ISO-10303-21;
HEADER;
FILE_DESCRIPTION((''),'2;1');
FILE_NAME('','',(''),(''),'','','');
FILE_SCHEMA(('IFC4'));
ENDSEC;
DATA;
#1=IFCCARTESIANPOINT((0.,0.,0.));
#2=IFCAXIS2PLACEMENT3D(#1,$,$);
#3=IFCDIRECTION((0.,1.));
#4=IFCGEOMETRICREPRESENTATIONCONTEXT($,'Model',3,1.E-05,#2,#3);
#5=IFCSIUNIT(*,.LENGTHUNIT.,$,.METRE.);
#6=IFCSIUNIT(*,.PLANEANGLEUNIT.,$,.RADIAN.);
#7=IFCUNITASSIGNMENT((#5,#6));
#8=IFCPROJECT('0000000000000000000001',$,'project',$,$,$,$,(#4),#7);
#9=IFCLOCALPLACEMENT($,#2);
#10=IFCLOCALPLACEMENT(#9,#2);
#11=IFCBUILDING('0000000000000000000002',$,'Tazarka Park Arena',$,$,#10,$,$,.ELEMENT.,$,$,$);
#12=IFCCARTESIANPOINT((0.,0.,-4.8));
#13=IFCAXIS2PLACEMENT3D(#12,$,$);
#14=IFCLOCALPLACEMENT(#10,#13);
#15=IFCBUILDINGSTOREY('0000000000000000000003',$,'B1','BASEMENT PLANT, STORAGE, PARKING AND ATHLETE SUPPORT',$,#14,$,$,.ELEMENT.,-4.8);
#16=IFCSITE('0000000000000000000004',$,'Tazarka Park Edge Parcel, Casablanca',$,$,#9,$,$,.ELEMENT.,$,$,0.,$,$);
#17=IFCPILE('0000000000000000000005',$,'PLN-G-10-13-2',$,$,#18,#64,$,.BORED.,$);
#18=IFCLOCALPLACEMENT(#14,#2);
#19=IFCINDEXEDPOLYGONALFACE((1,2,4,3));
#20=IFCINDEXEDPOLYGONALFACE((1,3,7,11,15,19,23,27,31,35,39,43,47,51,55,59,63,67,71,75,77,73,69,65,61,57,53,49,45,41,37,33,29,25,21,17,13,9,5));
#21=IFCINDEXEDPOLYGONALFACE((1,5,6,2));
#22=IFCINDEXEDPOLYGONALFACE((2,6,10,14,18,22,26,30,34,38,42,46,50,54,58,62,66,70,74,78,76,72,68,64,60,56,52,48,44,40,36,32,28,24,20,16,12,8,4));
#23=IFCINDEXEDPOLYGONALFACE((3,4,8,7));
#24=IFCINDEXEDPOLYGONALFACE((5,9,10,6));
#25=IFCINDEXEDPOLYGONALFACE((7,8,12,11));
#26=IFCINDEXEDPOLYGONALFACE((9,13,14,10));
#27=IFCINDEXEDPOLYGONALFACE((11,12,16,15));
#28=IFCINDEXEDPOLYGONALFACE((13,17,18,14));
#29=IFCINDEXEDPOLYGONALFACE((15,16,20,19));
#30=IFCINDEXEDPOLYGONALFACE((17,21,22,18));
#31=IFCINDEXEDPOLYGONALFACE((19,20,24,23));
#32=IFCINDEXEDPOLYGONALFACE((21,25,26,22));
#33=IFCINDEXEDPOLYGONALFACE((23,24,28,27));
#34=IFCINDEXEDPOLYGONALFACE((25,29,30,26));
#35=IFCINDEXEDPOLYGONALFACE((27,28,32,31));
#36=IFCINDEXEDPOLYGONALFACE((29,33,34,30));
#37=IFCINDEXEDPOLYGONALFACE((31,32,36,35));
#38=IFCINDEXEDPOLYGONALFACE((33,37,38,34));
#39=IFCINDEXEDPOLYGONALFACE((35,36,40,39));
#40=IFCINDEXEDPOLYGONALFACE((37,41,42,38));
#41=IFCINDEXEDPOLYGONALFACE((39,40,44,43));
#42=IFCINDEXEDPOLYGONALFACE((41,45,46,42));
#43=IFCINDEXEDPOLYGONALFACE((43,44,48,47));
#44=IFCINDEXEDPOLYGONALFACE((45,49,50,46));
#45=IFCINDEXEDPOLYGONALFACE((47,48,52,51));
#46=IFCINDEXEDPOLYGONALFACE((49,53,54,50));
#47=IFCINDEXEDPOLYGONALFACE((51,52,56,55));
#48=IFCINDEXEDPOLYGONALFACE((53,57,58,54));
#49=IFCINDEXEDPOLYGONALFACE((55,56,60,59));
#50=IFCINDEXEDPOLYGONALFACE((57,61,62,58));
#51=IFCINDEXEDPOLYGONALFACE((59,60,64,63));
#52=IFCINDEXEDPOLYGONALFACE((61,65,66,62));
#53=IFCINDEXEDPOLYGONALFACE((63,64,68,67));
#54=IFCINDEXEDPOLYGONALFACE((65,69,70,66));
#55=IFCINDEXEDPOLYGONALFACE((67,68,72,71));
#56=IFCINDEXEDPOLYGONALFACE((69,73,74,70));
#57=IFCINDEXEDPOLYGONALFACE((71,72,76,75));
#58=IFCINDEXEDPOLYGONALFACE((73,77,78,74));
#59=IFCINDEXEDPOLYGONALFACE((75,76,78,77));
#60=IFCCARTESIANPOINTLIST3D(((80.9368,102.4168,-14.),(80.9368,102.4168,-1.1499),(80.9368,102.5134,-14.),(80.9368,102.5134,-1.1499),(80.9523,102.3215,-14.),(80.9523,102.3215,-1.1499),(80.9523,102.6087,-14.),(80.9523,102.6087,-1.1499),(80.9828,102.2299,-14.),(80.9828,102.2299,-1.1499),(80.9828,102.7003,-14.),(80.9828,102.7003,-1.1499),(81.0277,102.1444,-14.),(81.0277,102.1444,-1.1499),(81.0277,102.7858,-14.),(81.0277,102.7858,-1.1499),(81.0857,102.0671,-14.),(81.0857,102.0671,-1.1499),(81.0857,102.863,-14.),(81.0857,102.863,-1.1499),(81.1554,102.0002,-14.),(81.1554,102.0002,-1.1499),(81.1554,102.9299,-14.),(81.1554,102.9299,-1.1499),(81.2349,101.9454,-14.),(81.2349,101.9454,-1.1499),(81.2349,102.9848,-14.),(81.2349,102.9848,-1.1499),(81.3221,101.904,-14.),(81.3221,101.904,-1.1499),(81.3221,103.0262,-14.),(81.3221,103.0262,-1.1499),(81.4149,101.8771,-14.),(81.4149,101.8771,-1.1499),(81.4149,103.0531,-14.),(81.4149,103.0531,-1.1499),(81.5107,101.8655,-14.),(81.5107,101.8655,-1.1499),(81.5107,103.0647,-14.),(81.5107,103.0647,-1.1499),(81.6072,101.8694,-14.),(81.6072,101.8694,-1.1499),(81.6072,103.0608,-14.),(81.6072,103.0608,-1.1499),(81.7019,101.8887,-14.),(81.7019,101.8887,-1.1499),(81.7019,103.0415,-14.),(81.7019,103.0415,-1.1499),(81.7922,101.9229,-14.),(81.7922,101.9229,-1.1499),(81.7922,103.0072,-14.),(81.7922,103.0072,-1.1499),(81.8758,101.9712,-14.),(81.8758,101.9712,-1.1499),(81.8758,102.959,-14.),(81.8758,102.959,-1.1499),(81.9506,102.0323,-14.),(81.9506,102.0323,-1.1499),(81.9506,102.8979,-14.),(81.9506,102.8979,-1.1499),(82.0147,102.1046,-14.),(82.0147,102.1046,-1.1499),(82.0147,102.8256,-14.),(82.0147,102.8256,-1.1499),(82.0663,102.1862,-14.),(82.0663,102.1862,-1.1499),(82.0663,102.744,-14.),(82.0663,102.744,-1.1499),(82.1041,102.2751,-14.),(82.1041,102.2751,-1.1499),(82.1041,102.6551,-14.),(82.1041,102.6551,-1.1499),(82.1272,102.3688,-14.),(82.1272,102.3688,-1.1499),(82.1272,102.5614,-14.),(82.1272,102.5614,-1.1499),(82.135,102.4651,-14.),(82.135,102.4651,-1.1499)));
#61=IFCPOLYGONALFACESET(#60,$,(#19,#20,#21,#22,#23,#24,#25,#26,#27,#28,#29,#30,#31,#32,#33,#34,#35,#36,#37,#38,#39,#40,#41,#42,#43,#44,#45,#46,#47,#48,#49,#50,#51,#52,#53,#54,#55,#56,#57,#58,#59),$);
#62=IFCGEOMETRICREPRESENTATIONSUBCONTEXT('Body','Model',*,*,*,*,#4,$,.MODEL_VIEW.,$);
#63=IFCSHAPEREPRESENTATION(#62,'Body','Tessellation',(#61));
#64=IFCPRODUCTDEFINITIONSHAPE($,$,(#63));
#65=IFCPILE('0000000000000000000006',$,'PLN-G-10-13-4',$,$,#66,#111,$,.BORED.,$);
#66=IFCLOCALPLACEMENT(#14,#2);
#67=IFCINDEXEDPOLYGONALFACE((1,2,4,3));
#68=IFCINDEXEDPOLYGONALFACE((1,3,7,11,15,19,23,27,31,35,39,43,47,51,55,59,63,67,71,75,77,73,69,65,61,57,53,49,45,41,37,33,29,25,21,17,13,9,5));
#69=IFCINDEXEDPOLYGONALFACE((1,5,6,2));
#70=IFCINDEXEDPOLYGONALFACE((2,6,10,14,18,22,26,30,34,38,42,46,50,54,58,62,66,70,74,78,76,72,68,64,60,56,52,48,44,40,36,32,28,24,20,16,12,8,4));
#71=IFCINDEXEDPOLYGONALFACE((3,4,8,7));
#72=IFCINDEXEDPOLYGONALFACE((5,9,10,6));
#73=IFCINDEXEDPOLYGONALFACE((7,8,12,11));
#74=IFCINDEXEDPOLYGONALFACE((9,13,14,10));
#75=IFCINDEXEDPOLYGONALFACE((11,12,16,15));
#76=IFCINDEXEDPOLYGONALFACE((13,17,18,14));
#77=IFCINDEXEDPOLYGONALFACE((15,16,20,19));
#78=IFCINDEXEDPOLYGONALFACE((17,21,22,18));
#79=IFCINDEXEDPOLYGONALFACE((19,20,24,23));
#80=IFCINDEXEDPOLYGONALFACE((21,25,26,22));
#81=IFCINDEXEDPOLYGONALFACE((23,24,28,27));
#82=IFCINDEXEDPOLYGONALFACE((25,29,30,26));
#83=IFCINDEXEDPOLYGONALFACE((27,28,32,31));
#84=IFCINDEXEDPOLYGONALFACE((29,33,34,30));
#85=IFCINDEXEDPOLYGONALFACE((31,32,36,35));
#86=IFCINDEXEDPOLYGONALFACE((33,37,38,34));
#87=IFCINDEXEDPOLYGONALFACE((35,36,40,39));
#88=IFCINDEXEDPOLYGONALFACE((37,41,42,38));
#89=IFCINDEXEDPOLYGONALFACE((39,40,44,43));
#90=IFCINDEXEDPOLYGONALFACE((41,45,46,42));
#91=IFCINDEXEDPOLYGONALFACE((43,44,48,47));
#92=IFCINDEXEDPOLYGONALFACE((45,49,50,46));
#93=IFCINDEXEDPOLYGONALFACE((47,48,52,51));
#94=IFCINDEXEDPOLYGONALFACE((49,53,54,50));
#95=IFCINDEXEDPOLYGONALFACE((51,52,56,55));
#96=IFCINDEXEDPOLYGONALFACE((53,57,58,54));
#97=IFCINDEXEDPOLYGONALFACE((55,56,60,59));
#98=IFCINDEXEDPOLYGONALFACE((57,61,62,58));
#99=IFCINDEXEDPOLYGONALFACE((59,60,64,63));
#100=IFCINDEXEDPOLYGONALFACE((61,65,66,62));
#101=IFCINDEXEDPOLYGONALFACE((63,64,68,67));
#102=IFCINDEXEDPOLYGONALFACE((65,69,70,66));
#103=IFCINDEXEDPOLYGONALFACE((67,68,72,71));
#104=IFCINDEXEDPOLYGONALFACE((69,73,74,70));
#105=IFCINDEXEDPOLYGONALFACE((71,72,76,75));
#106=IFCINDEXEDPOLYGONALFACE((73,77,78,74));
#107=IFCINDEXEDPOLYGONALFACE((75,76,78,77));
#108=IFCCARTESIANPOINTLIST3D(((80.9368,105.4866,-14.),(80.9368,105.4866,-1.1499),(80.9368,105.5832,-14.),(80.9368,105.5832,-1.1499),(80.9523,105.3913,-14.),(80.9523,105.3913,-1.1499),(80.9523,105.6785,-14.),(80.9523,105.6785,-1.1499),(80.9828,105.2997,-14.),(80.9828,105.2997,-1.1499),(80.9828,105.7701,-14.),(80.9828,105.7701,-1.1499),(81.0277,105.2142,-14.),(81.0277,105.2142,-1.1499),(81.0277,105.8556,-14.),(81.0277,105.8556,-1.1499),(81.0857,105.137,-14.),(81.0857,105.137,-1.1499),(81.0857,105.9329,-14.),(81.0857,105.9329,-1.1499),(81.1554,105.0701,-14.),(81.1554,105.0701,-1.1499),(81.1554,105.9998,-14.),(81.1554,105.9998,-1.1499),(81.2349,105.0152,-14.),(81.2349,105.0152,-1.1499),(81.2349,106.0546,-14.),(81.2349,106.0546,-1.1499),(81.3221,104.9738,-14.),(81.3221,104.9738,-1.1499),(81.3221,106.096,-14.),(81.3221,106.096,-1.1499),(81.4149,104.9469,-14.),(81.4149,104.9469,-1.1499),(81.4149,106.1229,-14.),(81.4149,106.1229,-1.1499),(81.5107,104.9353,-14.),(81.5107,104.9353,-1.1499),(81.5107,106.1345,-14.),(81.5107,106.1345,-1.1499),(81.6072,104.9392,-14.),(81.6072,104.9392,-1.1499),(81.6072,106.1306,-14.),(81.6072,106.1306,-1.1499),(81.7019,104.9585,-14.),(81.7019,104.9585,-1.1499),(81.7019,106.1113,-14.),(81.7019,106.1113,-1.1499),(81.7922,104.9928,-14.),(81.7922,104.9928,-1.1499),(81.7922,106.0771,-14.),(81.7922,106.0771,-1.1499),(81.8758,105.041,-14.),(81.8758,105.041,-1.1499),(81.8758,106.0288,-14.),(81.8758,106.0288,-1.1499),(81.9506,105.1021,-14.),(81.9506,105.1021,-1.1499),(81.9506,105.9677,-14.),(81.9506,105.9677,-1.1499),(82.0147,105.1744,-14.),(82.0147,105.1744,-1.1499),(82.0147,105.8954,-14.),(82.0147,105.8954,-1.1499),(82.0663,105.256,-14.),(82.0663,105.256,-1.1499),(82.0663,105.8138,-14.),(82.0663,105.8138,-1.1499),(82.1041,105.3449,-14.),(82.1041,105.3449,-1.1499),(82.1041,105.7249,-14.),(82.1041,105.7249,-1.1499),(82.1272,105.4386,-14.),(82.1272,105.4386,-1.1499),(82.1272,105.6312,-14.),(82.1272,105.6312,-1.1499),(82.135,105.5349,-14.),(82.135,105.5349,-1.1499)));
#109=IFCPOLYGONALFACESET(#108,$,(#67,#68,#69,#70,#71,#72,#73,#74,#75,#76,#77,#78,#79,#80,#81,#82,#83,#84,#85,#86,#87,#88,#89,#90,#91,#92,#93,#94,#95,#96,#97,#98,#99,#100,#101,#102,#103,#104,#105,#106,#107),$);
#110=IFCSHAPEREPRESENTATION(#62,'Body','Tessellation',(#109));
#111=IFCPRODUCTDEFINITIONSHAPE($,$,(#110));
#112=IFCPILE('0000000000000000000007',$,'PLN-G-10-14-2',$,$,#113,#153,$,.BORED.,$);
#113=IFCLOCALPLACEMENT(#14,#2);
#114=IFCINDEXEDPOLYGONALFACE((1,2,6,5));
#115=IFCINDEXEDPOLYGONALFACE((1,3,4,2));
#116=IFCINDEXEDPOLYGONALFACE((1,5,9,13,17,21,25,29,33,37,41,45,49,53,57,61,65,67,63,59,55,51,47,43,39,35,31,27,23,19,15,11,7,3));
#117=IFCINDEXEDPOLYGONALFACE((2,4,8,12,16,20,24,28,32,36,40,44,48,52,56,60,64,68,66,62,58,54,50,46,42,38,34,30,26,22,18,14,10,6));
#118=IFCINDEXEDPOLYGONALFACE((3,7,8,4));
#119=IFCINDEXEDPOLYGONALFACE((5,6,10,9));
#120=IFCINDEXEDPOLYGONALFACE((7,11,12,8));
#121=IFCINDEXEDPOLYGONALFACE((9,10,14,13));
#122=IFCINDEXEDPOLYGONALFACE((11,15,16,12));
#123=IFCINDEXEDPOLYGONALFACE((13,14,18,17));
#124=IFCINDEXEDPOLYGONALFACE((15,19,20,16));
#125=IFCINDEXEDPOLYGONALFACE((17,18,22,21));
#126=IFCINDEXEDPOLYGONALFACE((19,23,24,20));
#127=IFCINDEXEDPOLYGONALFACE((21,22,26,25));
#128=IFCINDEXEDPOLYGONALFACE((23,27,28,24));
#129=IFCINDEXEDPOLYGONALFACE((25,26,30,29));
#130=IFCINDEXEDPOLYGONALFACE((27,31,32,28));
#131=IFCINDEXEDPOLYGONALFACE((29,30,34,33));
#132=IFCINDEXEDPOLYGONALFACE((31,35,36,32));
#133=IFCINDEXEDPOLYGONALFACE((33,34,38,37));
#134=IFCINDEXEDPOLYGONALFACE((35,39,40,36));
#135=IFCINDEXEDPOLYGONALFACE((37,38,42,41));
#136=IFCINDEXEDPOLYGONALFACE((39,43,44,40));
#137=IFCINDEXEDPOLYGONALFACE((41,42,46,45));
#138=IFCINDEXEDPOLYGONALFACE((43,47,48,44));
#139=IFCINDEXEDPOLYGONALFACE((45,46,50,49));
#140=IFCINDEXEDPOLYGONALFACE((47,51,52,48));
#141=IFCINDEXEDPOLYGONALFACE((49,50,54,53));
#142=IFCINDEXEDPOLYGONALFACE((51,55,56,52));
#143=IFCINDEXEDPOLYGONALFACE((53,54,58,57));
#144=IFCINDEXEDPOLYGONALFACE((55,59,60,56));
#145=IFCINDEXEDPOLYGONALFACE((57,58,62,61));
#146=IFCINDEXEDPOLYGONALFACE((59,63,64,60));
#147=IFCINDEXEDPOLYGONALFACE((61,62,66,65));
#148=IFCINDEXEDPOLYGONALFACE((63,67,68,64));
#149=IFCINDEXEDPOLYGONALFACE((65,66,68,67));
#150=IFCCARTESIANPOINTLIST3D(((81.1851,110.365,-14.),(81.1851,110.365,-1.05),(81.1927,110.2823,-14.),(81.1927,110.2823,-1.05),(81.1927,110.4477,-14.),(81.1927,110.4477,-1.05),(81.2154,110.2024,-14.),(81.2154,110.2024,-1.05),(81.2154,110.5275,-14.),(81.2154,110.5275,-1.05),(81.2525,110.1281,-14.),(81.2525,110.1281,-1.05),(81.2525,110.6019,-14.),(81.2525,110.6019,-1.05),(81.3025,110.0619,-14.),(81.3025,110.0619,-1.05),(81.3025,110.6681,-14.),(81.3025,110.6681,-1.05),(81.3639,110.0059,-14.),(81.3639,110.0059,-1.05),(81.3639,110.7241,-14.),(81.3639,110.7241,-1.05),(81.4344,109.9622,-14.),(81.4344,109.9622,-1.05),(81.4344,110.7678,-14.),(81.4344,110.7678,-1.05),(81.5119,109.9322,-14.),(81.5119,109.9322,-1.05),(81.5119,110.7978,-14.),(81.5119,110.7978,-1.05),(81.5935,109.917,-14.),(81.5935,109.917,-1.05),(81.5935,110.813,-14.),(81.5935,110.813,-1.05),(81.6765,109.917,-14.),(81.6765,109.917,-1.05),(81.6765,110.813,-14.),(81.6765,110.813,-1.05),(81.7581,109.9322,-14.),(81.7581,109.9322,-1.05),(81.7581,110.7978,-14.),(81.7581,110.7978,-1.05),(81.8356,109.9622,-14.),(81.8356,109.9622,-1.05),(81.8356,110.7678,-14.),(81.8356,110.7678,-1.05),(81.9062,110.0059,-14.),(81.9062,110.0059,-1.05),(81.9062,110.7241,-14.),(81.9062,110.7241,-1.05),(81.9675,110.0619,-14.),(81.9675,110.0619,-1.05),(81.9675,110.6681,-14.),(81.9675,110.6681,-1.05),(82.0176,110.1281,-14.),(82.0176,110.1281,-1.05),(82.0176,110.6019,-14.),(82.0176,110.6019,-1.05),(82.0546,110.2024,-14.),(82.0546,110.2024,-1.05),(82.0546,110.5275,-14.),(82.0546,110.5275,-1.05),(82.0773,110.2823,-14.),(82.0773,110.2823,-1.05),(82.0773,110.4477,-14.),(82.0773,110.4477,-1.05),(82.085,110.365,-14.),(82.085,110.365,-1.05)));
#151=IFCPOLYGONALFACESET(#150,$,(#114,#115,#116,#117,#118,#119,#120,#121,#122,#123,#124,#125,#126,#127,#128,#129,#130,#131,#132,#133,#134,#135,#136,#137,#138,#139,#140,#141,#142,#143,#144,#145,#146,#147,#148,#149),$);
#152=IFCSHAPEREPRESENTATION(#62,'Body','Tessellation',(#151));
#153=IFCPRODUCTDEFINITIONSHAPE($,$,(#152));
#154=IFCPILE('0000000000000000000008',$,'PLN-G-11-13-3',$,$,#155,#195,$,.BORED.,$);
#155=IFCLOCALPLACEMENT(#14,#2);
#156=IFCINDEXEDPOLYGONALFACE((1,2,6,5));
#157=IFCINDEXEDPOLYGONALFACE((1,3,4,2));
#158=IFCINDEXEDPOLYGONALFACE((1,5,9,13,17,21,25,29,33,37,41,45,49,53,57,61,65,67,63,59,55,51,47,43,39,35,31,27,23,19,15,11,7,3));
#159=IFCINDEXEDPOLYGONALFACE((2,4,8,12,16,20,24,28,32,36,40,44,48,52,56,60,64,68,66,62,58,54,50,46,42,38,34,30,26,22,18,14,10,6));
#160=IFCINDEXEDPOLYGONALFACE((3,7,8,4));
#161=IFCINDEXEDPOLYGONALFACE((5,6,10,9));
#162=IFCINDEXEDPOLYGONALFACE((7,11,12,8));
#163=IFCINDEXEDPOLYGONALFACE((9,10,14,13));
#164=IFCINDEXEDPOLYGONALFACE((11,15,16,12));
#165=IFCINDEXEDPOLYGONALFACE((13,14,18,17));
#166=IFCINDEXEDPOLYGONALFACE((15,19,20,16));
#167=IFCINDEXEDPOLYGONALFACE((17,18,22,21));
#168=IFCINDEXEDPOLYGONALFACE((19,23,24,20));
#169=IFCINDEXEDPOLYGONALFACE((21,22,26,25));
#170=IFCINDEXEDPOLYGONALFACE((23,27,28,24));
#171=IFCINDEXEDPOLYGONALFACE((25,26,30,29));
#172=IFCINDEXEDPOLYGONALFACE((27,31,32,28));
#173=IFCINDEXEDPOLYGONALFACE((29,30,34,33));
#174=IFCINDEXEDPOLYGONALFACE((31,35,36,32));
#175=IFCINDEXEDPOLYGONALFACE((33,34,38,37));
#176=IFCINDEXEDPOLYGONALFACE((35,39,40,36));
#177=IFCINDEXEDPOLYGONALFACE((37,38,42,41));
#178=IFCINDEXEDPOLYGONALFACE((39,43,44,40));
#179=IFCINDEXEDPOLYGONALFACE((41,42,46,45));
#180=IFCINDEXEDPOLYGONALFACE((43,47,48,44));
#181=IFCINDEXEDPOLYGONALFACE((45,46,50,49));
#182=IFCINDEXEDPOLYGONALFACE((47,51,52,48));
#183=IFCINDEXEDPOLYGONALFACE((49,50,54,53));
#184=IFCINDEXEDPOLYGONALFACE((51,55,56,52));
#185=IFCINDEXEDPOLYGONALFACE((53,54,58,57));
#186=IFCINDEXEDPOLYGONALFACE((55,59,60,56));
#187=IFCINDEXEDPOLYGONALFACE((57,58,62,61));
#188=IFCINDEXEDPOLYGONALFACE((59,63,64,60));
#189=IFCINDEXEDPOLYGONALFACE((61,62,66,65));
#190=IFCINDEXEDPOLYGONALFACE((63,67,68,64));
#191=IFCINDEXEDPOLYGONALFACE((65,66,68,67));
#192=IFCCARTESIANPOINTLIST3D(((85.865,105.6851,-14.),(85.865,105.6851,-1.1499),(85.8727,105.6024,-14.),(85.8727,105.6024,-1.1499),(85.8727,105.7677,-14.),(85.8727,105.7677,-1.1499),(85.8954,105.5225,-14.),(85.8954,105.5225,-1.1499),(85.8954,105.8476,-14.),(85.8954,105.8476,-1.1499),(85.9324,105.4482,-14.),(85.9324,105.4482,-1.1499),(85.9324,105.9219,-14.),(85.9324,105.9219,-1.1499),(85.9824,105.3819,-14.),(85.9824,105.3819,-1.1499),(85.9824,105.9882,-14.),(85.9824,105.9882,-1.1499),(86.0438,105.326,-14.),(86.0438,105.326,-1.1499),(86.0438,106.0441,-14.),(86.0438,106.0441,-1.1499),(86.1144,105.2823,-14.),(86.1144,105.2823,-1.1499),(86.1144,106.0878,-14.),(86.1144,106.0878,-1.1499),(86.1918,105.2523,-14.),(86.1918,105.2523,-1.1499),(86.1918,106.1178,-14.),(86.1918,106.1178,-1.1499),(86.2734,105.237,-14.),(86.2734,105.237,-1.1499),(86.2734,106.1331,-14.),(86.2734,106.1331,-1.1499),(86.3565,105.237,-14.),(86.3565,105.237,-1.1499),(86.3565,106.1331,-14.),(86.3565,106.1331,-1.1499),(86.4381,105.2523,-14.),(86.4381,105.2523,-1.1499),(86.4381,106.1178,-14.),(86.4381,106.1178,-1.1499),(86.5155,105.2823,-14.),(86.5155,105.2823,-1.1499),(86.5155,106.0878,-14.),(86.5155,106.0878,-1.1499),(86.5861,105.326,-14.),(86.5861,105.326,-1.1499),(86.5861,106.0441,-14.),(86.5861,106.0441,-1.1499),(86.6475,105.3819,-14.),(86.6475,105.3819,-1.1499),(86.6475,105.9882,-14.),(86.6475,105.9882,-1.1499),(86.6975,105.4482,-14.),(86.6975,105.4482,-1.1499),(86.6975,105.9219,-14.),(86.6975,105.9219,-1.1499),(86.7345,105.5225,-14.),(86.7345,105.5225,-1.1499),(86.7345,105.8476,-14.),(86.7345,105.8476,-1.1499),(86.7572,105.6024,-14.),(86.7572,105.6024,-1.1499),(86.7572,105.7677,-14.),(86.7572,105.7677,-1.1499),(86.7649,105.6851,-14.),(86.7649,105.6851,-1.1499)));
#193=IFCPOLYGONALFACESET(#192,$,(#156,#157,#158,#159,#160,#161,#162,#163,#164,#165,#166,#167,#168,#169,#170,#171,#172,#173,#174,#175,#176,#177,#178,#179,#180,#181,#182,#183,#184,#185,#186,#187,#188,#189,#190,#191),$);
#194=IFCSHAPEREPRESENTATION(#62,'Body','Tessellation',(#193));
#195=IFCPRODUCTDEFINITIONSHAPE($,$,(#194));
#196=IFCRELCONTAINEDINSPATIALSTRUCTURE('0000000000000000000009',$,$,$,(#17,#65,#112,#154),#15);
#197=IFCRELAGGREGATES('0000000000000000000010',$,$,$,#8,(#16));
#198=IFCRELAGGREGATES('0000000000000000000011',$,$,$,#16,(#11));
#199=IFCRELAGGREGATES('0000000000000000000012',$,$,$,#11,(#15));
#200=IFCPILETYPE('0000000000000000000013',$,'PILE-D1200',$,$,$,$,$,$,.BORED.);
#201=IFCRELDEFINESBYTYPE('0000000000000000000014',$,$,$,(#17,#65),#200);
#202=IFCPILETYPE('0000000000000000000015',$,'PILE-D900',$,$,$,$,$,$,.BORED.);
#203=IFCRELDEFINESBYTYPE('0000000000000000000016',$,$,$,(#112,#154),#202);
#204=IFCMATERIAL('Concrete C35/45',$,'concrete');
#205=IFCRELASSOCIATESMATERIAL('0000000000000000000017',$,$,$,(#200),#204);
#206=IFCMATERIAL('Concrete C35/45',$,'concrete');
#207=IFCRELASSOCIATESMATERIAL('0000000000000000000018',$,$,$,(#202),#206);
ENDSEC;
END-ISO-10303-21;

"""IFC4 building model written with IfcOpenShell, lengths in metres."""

from ifc_helpers import new_model, si_unit, direction, frame, origin, origin_2d, place, context, subcontext, project, spatial, circle, extrude, material, material_profile, profile_set, type_object, element, save


model = new_model("IFC4")

# Units and contexts
model_context = context("Model", 3, precision=1e-05, world=origin(), true_north=direction((0.0, 1.0)))
body_context = subcontext(model_context, "Body", "Model", "MODEL_VIEW")
ifc_project = project(units=[si_unit("LENGTHUNIT", "METRE"), si_unit("PLANEANGLEUNIT", "RADIAN")], contexts=[model_context])

# Site, building, storey
site_placement = place(None, origin())
site = spatial("IfcSite", under=ifc_project, at=site_placement, Name="Tazarka Park Edge Parcel, Casablanca", CompositionType="ELEMENT", RefElevation=0.0)
building_placement = place(site_placement, origin())
building = spatial("IfcBuilding", under=site, at=building_placement, Name="Tazarka Park Arena", CompositionType="ELEMENT")
storey_placement = place(building_placement, frame((0.0, 0.0, -4.8)))
storey = spatial("IfcBuildingStorey", under=building, at=storey_placement, Name="B1", Description="BASEMENT PLANT, STORAGE, PARKING AND ATHLETE SUPPORT", CompositionType="ELEMENT", Elevation=-4.8)

# Piles
ifc_material_1 = material(Name="Concrete C35/45", Category="concrete")
ifc_material_profile_1 = material_profile(ifc_material_1, circle(Radius=0.6001, at=origin_2d()), Name="Concrete C35/45")
ifc_profile_set_1 = profile_set([ifc_material_profile_1], Name="Concrete C35/45")
pile_type_1 = type_object("IfcPileType", Name="PILE-D1200", PredefinedType="BORED", material=ifc_profile_set_1)
for number, where, z_axis, x_axis, name in (
    (1, (81.5349, 102.4651, -1.1499), (0.0, 0.0, -1.0), (1.0, 0.0, 0.0), "PLN-G-10-13-2"),
    (2, (81.5349, 105.5349, -1.1499), (0.0, 0.0, -1.0), (1.0, 0.0, 0.0), "PLN-G-10-13-4"),
):
    element("IfcPile", number, at=place(storey_placement, frame(where, z_axis=z_axis, x_axis=x_axis)), inside=storey, type_object=pile_type_1, Name=name, PredefinedType="BORED", context=body_context, shape_type="SweptSolid", body=[
        extrude(circle(Radius=0.6001, at=origin_2d()), origin(), (0.0, 0.0, 1.0), 12.8501),
    ])
ifc_material_2 = material(Name="Concrete C35/45", Category="concrete")
ifc_material_profile_2 = material_profile(ifc_material_2, circle(Radius=0.45, at=origin_2d()), Name="Concrete C35/45")
ifc_profile_set_2 = profile_set([ifc_material_profile_2], Name="Concrete C35/45")
pile_type_2 = type_object("IfcPileType", Name="PILE-D900", PredefinedType="BORED", material=ifc_profile_set_2)
pile_1_placement = place(storey_placement, frame((81.635, 110.365, -1.05), z_axis=(0.0, 0.0, -1.0), x_axis=(1.0, 0.0, 0.0)))
element("IfcPile", 3, at=pile_1_placement, inside=storey, type_object=pile_type_2, Name="PLN-G-10-14-2", PredefinedType="BORED", context=body_context, shape_type="SweptSolid", body=[
    extrude(circle(Radius=0.45, at=origin_2d()), origin(), (0.0, 0.0, 1.0), 12.95),
])
pile_2_placement = place(storey_placement, frame((86.3149, 105.6851, -1.1499), z_axis=(0.0, 0.0, -1.0), x_axis=(1.0, 0.0, 0.0)))
element("IfcPile", 4, at=pile_2_placement, inside=storey, type_object=pile_type_2, Name="PLN-G-11-13-3", PredefinedType="BORED", context=body_context, shape_type="SweptSolid", body=[
    extrude(circle(Radius=0.45, at=origin_2d()), origin(), (0.0, 0.0, 1.0), 12.8501),
])

save(model, "model.ifc")
